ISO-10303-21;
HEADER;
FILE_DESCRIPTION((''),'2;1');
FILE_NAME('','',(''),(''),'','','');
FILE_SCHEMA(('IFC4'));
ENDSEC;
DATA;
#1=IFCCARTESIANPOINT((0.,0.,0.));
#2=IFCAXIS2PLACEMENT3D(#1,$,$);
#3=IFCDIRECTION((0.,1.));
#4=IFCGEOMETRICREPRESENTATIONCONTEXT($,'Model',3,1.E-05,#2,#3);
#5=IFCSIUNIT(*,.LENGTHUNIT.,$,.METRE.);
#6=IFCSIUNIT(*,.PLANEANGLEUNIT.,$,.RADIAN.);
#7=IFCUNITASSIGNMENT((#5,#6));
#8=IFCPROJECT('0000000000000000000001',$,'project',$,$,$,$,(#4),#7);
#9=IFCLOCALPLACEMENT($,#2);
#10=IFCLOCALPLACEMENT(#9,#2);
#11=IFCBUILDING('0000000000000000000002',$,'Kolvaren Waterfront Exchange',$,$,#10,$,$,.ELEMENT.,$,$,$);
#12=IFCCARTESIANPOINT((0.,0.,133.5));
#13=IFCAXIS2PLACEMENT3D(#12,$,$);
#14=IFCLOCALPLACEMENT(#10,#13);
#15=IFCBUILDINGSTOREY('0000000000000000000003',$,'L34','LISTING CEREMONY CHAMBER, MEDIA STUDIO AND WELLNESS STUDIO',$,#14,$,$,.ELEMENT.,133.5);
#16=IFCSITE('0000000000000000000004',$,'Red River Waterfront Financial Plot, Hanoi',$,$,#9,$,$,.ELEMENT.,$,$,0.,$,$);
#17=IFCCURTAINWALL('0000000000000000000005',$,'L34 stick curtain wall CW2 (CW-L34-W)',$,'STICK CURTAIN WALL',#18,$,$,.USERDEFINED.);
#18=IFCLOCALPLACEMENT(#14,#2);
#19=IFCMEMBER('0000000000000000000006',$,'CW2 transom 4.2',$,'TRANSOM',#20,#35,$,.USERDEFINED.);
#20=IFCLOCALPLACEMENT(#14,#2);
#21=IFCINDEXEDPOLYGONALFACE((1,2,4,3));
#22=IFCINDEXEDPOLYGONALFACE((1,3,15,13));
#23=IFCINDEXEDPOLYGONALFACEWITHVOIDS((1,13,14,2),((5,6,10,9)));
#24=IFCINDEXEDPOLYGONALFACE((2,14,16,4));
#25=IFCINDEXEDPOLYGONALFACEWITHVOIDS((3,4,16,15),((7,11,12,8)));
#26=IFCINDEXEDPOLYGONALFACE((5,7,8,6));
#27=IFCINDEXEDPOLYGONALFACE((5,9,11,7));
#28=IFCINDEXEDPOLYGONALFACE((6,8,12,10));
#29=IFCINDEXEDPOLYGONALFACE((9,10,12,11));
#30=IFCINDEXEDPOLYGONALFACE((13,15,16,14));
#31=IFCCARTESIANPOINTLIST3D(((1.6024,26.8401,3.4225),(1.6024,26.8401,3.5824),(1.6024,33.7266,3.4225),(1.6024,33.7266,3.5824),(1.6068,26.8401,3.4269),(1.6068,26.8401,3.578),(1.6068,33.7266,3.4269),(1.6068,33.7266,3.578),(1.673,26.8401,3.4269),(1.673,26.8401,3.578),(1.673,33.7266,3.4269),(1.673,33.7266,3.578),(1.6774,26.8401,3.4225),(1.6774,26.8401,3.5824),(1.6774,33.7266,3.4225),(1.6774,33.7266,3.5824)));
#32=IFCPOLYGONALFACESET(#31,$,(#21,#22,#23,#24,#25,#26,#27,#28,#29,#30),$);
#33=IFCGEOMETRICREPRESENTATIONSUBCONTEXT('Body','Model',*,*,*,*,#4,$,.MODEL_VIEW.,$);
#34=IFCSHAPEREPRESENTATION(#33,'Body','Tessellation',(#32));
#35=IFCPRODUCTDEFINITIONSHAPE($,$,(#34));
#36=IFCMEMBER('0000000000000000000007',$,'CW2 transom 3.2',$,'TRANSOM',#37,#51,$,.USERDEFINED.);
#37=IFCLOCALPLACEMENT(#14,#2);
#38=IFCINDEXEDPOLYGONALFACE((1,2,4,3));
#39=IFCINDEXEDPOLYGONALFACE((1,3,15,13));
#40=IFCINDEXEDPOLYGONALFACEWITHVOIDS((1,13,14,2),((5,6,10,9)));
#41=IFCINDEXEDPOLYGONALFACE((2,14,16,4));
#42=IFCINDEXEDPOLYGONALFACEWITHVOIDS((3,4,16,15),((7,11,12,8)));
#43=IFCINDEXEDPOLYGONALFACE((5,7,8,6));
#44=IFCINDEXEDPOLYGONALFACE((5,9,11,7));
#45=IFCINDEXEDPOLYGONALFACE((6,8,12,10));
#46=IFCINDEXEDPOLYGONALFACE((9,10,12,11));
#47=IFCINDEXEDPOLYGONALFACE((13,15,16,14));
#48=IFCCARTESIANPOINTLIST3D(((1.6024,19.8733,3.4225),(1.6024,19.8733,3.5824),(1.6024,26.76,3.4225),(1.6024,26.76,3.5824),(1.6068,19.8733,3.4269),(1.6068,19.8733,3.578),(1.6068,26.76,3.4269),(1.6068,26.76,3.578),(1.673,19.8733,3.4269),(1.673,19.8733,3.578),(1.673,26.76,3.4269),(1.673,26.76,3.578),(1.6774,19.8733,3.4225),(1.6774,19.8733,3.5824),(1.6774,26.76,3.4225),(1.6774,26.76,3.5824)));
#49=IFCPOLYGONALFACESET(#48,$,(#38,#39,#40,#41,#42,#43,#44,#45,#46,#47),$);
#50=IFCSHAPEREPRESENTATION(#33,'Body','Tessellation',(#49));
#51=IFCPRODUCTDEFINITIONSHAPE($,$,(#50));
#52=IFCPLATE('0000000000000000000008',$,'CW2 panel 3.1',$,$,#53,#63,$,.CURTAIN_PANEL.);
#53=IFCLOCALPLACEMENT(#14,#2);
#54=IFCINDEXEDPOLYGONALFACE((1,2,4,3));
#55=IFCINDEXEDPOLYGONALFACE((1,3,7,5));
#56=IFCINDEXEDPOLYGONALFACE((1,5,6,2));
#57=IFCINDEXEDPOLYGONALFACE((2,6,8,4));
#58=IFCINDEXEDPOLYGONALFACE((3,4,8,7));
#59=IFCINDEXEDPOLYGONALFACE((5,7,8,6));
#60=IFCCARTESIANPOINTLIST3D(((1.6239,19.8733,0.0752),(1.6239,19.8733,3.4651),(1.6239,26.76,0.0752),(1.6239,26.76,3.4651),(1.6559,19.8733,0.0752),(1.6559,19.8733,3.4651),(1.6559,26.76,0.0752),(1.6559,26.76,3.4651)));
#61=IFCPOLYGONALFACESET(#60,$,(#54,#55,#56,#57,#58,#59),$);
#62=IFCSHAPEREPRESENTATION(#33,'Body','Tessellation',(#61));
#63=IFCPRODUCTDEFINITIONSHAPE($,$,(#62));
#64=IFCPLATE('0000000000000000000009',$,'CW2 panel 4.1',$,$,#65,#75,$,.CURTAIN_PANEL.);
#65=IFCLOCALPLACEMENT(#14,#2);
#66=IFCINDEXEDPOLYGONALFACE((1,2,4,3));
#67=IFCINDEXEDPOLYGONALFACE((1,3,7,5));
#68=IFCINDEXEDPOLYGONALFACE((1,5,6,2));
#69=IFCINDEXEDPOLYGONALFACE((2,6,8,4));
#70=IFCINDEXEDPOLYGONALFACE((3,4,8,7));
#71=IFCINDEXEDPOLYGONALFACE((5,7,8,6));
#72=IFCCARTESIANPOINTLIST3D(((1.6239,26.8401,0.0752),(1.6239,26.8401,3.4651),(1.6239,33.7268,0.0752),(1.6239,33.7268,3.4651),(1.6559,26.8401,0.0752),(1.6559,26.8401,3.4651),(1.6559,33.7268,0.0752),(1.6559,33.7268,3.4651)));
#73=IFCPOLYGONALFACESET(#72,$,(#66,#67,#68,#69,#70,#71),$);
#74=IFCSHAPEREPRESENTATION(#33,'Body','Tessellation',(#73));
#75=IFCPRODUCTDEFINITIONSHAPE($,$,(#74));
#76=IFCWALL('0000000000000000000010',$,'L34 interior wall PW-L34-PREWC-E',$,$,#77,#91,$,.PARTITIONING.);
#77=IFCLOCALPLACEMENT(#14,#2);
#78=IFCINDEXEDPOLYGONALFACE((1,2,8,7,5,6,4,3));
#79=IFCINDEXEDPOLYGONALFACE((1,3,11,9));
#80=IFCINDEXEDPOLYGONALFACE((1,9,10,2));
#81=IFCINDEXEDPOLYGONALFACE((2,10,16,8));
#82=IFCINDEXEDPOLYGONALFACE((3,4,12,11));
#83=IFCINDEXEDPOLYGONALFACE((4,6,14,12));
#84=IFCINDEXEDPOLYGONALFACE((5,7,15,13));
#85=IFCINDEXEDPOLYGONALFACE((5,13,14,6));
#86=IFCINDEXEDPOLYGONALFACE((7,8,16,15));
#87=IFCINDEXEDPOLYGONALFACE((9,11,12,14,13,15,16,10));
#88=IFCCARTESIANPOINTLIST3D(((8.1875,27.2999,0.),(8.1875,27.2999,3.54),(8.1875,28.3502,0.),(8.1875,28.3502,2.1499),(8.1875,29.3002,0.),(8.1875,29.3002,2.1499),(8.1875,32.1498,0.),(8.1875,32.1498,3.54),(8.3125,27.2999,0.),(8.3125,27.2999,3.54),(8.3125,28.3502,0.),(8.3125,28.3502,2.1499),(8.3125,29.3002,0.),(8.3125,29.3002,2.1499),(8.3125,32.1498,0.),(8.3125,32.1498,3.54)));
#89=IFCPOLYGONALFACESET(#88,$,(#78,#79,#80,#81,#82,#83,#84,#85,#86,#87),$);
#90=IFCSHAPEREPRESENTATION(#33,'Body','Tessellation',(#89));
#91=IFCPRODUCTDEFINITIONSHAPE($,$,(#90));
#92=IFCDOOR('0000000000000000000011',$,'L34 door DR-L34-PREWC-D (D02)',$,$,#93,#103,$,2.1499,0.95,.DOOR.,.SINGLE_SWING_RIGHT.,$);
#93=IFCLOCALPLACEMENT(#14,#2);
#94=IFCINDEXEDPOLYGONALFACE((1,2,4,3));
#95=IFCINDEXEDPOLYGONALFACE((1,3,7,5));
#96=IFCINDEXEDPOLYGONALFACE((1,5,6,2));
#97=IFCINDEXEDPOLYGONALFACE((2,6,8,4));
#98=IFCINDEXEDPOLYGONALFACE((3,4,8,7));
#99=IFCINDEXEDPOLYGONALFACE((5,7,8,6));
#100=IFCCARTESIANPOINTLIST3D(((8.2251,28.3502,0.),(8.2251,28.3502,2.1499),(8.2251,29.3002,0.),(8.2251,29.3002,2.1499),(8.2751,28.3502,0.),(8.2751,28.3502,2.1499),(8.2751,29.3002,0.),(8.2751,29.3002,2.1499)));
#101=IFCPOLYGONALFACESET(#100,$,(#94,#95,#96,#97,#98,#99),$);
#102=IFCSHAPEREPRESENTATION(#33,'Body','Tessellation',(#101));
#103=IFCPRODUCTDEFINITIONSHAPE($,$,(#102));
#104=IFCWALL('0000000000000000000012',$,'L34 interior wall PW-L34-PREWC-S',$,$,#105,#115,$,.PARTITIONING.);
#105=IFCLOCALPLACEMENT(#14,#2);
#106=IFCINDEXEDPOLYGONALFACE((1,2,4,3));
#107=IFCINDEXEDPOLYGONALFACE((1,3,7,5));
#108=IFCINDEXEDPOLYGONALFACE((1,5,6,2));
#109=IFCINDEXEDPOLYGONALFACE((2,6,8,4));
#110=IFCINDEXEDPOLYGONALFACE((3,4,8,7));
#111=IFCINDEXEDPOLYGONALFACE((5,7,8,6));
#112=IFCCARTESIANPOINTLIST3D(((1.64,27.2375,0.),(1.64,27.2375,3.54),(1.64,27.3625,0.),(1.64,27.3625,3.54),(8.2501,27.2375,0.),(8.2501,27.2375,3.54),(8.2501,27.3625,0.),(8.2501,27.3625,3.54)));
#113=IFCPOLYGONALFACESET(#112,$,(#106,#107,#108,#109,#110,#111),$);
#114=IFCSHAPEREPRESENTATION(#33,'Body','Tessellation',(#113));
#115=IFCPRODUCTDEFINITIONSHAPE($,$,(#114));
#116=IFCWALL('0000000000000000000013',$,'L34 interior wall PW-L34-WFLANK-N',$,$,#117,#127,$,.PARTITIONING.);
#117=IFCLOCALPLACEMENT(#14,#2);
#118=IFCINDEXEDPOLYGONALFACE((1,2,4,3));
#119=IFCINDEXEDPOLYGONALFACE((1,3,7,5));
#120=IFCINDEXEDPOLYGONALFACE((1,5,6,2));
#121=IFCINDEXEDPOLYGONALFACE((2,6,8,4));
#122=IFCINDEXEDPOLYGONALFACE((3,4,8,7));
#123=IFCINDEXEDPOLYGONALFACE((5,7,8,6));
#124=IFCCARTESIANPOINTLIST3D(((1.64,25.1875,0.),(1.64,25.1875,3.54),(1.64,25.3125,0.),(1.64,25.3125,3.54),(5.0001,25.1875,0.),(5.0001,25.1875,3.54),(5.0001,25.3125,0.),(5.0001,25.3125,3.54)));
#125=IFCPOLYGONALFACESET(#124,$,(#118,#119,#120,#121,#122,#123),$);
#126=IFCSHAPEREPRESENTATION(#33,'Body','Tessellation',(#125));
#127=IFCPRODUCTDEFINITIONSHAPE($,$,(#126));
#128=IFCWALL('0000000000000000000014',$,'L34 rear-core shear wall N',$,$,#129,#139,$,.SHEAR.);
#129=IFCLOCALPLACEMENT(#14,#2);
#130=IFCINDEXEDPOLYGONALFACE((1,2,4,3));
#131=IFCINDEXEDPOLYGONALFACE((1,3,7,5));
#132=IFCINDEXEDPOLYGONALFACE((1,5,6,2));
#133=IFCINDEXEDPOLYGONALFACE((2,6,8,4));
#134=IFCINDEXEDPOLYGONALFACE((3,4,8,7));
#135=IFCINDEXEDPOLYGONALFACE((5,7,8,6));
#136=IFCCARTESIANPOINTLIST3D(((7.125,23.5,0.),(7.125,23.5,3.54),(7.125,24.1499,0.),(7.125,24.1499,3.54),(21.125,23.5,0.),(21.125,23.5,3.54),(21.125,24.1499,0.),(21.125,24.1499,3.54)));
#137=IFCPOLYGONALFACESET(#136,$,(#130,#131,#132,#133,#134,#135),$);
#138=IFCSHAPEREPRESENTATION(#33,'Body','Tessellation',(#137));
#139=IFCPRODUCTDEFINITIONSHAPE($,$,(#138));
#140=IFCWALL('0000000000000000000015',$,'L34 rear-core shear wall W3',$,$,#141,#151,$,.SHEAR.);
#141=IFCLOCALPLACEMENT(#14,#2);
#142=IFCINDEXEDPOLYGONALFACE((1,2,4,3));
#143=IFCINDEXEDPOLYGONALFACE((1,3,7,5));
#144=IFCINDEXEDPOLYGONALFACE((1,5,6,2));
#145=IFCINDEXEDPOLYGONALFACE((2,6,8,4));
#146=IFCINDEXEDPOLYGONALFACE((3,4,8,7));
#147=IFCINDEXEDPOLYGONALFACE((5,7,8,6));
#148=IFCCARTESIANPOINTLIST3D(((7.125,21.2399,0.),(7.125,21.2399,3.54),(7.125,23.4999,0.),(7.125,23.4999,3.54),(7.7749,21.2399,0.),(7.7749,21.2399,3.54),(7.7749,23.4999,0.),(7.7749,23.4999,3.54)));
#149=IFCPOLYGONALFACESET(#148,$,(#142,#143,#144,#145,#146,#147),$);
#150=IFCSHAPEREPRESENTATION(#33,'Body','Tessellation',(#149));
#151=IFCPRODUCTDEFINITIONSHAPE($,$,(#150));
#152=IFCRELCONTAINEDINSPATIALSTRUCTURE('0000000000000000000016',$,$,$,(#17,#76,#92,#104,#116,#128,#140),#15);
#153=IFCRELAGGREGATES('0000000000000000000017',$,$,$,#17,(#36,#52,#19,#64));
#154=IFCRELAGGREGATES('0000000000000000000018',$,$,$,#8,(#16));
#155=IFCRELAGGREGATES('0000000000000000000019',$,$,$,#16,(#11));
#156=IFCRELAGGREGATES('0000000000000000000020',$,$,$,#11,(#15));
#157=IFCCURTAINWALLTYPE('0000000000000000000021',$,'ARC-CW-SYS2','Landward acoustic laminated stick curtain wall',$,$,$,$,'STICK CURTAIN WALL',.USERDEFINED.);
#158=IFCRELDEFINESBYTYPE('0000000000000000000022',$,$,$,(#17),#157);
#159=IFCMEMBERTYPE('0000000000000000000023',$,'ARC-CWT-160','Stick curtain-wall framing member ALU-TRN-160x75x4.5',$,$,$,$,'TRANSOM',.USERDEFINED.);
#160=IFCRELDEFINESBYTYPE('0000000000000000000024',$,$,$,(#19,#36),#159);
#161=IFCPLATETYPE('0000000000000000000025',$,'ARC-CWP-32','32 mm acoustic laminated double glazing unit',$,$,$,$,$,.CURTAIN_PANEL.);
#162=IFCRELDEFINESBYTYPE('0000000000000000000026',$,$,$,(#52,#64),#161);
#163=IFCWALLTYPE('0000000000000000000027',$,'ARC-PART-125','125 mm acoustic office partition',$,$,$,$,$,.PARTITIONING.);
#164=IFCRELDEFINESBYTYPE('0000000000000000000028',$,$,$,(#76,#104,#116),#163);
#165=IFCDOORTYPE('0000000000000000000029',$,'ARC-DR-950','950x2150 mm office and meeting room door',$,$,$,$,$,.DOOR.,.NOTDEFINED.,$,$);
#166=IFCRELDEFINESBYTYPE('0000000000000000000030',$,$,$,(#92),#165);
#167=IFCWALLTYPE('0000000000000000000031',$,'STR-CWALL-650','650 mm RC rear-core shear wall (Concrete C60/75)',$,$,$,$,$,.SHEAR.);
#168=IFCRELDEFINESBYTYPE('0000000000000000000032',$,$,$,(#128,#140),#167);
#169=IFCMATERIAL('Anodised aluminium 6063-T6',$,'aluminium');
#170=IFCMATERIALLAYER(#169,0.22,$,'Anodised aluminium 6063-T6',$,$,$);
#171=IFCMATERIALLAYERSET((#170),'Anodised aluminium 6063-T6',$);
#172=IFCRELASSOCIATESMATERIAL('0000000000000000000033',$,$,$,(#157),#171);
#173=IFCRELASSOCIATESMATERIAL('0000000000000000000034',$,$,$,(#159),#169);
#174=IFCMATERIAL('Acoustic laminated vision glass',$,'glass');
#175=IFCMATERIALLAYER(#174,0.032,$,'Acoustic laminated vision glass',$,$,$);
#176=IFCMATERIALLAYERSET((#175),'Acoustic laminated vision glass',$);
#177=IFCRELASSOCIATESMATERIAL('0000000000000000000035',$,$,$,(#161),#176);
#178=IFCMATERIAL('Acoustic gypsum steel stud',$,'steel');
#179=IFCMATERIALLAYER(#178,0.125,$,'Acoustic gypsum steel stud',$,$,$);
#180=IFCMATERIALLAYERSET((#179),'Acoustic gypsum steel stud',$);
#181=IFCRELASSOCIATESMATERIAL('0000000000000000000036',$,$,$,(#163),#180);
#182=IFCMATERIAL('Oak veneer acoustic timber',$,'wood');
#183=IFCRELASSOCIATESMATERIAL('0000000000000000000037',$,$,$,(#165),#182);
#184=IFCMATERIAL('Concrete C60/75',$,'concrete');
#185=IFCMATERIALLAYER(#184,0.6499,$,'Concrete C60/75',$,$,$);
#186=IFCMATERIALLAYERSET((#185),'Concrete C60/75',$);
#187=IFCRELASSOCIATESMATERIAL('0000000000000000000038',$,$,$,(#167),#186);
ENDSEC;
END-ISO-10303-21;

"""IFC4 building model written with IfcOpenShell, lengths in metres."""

from ifc_helpers import new_model, si_unit, direction, frame, frame_2d, origin, origin_with_axes, origin_2d, place, context, subcontext, project, spatial, rectangle, hollow_rectangle, extrude, source, transform, mapped, material, layer, layer_set, material_profile, profile_set, type_object, element, fill, aggregate, save


model = new_model("IFC4")

# Units and contexts
model_context = context("Model", 3, precision=1e-05, world=origin(), true_north=direction((0.0, 1.0)))
body_context = subcontext(model_context, "Body", "Model", "MODEL_VIEW")
ifc_project = project(units=[si_unit("LENGTHUNIT", "METRE"), si_unit("PLANEANGLEUNIT", "RADIAN")], contexts=[model_context])

# Site, building, storey
site_placement = place(None, origin())
site = spatial("IfcSite", under=ifc_project, at=site_placement, Name="Red River Waterfront Financial Plot, Hanoi", CompositionType="ELEMENT", RefElevation=0.0)
building_placement = place(site_placement, origin())
building = spatial("IfcBuilding", under=site, at=building_placement, Name="Kolvaren Waterfront Exchange", CompositionType="ELEMENT")
storey_placement = place(building_placement, frame((0.0, 0.0, 133.5)))
storey = spatial("IfcBuildingStorey", under=building, at=storey_placement, Name="L34", Description="LISTING CEREMONY CHAMBER, MEDIA STUDIO AND WELLNESS STUDIO", CompositionType="ELEMENT", Elevation=133.5)

# Shared definitions
ifc_material_1 = material(Name="Concrete C60/75", Category="concrete")

# Curtain wall, members, plates
ifc_material_2 = material(Name="Anodised aluminium 6063-T6", Category="aluminium")
ifc_layer_1 = layer(ifc_material_2, 0.22, Name="Anodised aluminium 6063-T6")
ifc_layer_set_1 = layer_set([ifc_layer_1], Name="Anodised aluminium 6063-T6")
curtain_wall_type = type_object("IfcCurtainWallType", Name="ARC-CW-SYS2", Description="Landward acoustic laminated stick curtain wall", ElementType="STICK CURTAIN WALL", PredefinedType="USERDEFINED", material=ifc_layer_set_1)
curtain_wall_placement = place(storey_placement, origin())
curtain_wall = element("IfcCurtainWall", 1, at=curtain_wall_placement, inside=storey, type_object=curtain_wall_type, Name="L34 stick curtain wall CW2 (CW-L34-W)", ObjectType="STICK CURTAIN WALL", PredefinedType="USERDEFINED")
ifc_material_profile_1 = material_profile(ifc_material_2, hollow_rectangle(XDim=0.075, YDim=0.1599, WallThickness=0.0044, at=origin_2d()), Name="ALU-TRN-160x75x4.5")
ifc_profile_set_1 = profile_set([ifc_material_profile_1], Name="Anodised aluminium 6063-T6")
member_type_1 = type_object("IfcMemberType", Name="ARC-CWT-160", Description="Stick curtain-wall framing member ALU-TRN-160x75x4.5", ElementType="TRANSOM", PredefinedType="USERDEFINED", material=ifc_profile_set_1)
shared_shape_1 = source(origin_with_axes(), body_context, "Body", "SweptSolid", [
    extrude(hollow_rectangle(XDim=0.075, YDim=0.1599, WallThickness=0.0044, at=origin_2d()), origin(), (0.0, 0.0, 1.0), 6.8865),
])
member_1_placement = place(storey_placement, frame((1.6399, 26.8401, 3.5024), z_axis=(0.0, 1.0, 0.0), x_axis=(-1.0, 0.0, 0.0)))
member_1 = element("IfcMember", 2, at=member_1_placement, type_object=member_type_1, Name="CW2 transom 4.2", ObjectType="TRANSOM", PredefinedType="USERDEFINED", context=body_context, shape_type="MappedRepresentation", body=[
    mapped(shared_shape_1, transform((0.0, 0.0, 0.0), x_axis=(1.0, 0.0, 0.0), y_axis=(0.0, 1.0, 0.0), z_axis=(0.0, 0.0, 1.0), scale=1.0)),
])
shared_shape_2 = source(origin_with_axes(), body_context, "Body", "SweptSolid", [
    extrude(hollow_rectangle(XDim=0.075, YDim=0.1599, WallThickness=0.0044, at=origin_2d()), origin(), (0.0, 0.0, 1.0), 6.8867),
])
member_2_placement = place(storey_placement, frame((1.6399, 19.8733, 3.5024), z_axis=(0.0, 1.0, 0.0), x_axis=(-1.0, 0.0, 0.0)))
member_2 = element("IfcMember", 3, at=member_2_placement, type_object=member_type_1, Name="CW2 transom 3.2", ObjectType="TRANSOM", PredefinedType="USERDEFINED", context=body_context, shape_type="MappedRepresentation", body=[
    mapped(shared_shape_2, transform((0.0, 0.0, 0.0), x_axis=(1.0, 0.0, 0.0), y_axis=(0.0, 1.0, 0.0), z_axis=(0.0, 0.0, 1.0), scale=1.0)),
])
ifc_material_3 = material(Name="Acoustic laminated vision glass", Category="glass")
ifc_layer_2 = layer(ifc_material_3, 0.032, Name="Acoustic laminated vision glass")
ifc_layer_set_2 = layer_set([ifc_layer_2], Name="Acoustic laminated vision glass")
plate_type = type_object("IfcPlateType", Name="ARC-CWP-32", Description="32 mm acoustic laminated double glazing unit", PredefinedType="CURTAIN_PANEL", material=ifc_layer_set_2)
shared_shape_3 = source(origin_with_axes(), body_context, "Body", "SweptSolid", [
    extrude(rectangle(XDim=6.8867, YDim=0.032, at=origin_2d()), origin(), (0.0, 0.0, 1.0), 3.3899),
])
plate_1_placement = place(storey_placement, frame((1.6399, 23.3167, 0.0752), z_axis=(0.0, 0.0, 1.0), x_axis=(0.0, 1.0, 0.0)))
plate_1 = element("IfcPlate", 4, at=plate_1_placement, type_object=plate_type, Name="CW2 panel 3.1", PredefinedType="CURTAIN_PANEL", context=body_context, shape_type="MappedRepresentation", body=[
    mapped(shared_shape_3, transform((0.0, 0.0, 0.0), x_axis=(1.0, 0.0, 0.0), y_axis=(0.0, 1.0, 0.0), z_axis=(0.0, 0.0, 1.0), scale=1.0)),
])
plate_2_placement = place(storey_placement, frame((1.6399, 30.2834, 0.0752), z_axis=(0.0, 0.0, 1.0), x_axis=(0.0, 1.0, 0.0)))
plate_2 = element("IfcPlate", 5, at=plate_2_placement, type_object=plate_type, Name="CW2 panel 4.1", PredefinedType="CURTAIN_PANEL", context=body_context, shape_type="MappedRepresentation", body=[
    mapped(shared_shape_3, transform((0.0, 0.0, 0.0), x_axis=(1.0, 0.0, 0.0), y_axis=(0.0, 1.0, 0.0), z_axis=(0.0, 0.0, 1.0), scale=1.0)),
])
aggregate(curtain_wall, [member_2, plate_1, member_1, plate_2])

# Wall, opening, door
ifc_material_4 = material(Name="Acoustic gypsum steel stud", Category="steel")
ifc_layer_3 = layer(ifc_material_4, 0.125, Name="Acoustic gypsum steel stud")
ifc_layer_set_3 = layer_set([ifc_layer_3], Name="Acoustic gypsum steel stud")
wall_type_1 = type_object("IfcWallType", Name="ARC-PART-125", Description="125 mm acoustic office partition", PredefinedType="PARTITIONING", material=ifc_layer_set_3)
wall_1_placement = place(storey_placement, frame((8.25, 27.3, 0.0), z_axis=(0.0, 0.0, 1.0), x_axis=(0.0, 1.0, 0.0)))
wall_1 = element("IfcWall", 6, at=wall_1_placement, inside=storey, type_object=wall_type_1, Name="L34 interior wall PW-L34-PREWC-E", PredefinedType="PARTITIONING", context=body_context, shape_type="SweptSolid", body=[
    extrude(rectangle(XDim=4.8499, YDim=0.125, at=frame_2d((2.4248, 0.0))), origin(), (0.0, 0.0, 1.0), 3.54),
])
opening_1_placement = place(wall_1_placement, frame((1.05, 0.0, 0.0)))
opening_1 = element("IfcOpeningElement", 7, at=opening_1_placement, cuts=wall_1, PredefinedType="OPENING", context=body_context, shape_type="SweptSolid", body=[
    extrude(rectangle(XDim=0.95, YDim=2.1499, at=frame_2d((0.4751, 1.075))), frame((0.0, 0.0725, 0.0), z_axis=(0.0, -1.0, 0.0), x_axis=(1.0, 0.0, 0.0)), (0.0, 0.0, 1.0), 0.145),
])
ifc_material_5 = material(Name="Oak veneer acoustic timber", Category="wood")
door_type_1 = type_object("IfcDoorType", Name="ARC-DR-950", Description="950x2150 mm office and meeting room door", OperationType="NOTDEFINED", PredefinedType="DOOR", material=ifc_material_5)
door_1_placement = place(opening_1_placement, origin())
door_1 = element("IfcDoor", 8, at=door_1_placement, inside=storey, type_object=door_type_1, Name="L34 door DR-L34-PREWC-D (D02)", OperationType="SINGLE_SWING_RIGHT", OverallHeight=2.1499, OverallWidth=0.95, PredefinedType="DOOR", context=body_context, shape_type="SweptSolid", body=[
    extrude(rectangle(XDim=0.95, YDim=2.1499, at=frame_2d((0.4751, 1.075))), frame((0.0, 0.0249, 0.0), z_axis=(0.0, -1.0, 0.0), x_axis=(1.0, 0.0, 0.0)), (0.0, 0.0, 1.0), 0.05),
])
fill(opening_1, door_1)

# Walls
wall_2_placement = place(storey_placement, frame((1.6399, 27.3, 0.0), z_axis=(0.0, 0.0, 1.0), x_axis=(1.0, 0.0, 0.0)))
element("IfcWall", 9, at=wall_2_placement, inside=storey, type_object=wall_type_1, Name="L34 interior wall PW-L34-PREWC-S", PredefinedType="PARTITIONING", context=body_context, shape_type="SweptSolid", body=[
    extrude(rectangle(XDim=6.6101, YDim=0.125, at=frame_2d((3.3052, 0.0))), origin(), (0.0, 0.0, 1.0), 3.54),
])
wall_3_placement = place(storey_placement, frame((1.6399, 25.25, 0.0), z_axis=(0.0, 0.0, 1.0), x_axis=(1.0, 0.0, 0.0)))
element("IfcWall", 10, at=wall_3_placement, inside=storey, type_object=wall_type_1, Name="L34 interior wall PW-L34-WFLANK-N", PredefinedType="PARTITIONING", context=body_context, shape_type="SweptSolid", body=[
    extrude(rectangle(XDim=3.3601, YDim=0.125, at=frame_2d((1.6802, 0.0))), origin(), (0.0, 0.0, 1.0), 3.54),
])

# Walls
ifc_layer_4 = layer(ifc_material_1, 0.6499, Name="Concrete C60/75")
ifc_layer_set_4 = layer_set([ifc_layer_4], Name="Concrete C60/75")
wall_type_2 = type_object("IfcWallType", Name="STR-CWALL-650", Description="650 mm RC rear-core shear wall (Concrete C60/75)", PredefinedType="SHEAR", material=ifc_layer_set_4)
wall_4_placement = place(storey_placement, frame((7.125, 23.825, 0.0), z_axis=(0.0, 0.0, 1.0), x_axis=(1.0, 0.0, 0.0)))
element("IfcWall", 11, at=wall_4_placement, inside=storey, type_object=wall_type_2, Name="L34 rear-core shear wall N", PredefinedType="SHEAR", context=body_context, shape_type="SweptSolid", body=[
    extrude(rectangle(XDim=14.0, YDim=0.6499, at=frame_2d((7.0, 0.0))), origin(), (0.0, 0.0, 1.0), 3.54),
])
wall_5_placement = place(storey_placement, frame((7.45, 21.24, 0.0), z_axis=(0.0, 0.0, 1.0), x_axis=(0.0, 1.0, 0.0)))
element("IfcWall", 12, at=wall_5_placement, inside=storey, type_object=wall_type_2, Name="L34 rear-core shear wall W3", PredefinedType="SHEAR", context=body_context, shape_type="SweptSolid", body=[
    extrude(rectangle(XDim=2.26, YDim=0.6499, at=frame_2d((1.1299, 0.0))), origin(), (0.0, 0.0, 1.0), 3.54),
])

save(model, "model.ifc")
